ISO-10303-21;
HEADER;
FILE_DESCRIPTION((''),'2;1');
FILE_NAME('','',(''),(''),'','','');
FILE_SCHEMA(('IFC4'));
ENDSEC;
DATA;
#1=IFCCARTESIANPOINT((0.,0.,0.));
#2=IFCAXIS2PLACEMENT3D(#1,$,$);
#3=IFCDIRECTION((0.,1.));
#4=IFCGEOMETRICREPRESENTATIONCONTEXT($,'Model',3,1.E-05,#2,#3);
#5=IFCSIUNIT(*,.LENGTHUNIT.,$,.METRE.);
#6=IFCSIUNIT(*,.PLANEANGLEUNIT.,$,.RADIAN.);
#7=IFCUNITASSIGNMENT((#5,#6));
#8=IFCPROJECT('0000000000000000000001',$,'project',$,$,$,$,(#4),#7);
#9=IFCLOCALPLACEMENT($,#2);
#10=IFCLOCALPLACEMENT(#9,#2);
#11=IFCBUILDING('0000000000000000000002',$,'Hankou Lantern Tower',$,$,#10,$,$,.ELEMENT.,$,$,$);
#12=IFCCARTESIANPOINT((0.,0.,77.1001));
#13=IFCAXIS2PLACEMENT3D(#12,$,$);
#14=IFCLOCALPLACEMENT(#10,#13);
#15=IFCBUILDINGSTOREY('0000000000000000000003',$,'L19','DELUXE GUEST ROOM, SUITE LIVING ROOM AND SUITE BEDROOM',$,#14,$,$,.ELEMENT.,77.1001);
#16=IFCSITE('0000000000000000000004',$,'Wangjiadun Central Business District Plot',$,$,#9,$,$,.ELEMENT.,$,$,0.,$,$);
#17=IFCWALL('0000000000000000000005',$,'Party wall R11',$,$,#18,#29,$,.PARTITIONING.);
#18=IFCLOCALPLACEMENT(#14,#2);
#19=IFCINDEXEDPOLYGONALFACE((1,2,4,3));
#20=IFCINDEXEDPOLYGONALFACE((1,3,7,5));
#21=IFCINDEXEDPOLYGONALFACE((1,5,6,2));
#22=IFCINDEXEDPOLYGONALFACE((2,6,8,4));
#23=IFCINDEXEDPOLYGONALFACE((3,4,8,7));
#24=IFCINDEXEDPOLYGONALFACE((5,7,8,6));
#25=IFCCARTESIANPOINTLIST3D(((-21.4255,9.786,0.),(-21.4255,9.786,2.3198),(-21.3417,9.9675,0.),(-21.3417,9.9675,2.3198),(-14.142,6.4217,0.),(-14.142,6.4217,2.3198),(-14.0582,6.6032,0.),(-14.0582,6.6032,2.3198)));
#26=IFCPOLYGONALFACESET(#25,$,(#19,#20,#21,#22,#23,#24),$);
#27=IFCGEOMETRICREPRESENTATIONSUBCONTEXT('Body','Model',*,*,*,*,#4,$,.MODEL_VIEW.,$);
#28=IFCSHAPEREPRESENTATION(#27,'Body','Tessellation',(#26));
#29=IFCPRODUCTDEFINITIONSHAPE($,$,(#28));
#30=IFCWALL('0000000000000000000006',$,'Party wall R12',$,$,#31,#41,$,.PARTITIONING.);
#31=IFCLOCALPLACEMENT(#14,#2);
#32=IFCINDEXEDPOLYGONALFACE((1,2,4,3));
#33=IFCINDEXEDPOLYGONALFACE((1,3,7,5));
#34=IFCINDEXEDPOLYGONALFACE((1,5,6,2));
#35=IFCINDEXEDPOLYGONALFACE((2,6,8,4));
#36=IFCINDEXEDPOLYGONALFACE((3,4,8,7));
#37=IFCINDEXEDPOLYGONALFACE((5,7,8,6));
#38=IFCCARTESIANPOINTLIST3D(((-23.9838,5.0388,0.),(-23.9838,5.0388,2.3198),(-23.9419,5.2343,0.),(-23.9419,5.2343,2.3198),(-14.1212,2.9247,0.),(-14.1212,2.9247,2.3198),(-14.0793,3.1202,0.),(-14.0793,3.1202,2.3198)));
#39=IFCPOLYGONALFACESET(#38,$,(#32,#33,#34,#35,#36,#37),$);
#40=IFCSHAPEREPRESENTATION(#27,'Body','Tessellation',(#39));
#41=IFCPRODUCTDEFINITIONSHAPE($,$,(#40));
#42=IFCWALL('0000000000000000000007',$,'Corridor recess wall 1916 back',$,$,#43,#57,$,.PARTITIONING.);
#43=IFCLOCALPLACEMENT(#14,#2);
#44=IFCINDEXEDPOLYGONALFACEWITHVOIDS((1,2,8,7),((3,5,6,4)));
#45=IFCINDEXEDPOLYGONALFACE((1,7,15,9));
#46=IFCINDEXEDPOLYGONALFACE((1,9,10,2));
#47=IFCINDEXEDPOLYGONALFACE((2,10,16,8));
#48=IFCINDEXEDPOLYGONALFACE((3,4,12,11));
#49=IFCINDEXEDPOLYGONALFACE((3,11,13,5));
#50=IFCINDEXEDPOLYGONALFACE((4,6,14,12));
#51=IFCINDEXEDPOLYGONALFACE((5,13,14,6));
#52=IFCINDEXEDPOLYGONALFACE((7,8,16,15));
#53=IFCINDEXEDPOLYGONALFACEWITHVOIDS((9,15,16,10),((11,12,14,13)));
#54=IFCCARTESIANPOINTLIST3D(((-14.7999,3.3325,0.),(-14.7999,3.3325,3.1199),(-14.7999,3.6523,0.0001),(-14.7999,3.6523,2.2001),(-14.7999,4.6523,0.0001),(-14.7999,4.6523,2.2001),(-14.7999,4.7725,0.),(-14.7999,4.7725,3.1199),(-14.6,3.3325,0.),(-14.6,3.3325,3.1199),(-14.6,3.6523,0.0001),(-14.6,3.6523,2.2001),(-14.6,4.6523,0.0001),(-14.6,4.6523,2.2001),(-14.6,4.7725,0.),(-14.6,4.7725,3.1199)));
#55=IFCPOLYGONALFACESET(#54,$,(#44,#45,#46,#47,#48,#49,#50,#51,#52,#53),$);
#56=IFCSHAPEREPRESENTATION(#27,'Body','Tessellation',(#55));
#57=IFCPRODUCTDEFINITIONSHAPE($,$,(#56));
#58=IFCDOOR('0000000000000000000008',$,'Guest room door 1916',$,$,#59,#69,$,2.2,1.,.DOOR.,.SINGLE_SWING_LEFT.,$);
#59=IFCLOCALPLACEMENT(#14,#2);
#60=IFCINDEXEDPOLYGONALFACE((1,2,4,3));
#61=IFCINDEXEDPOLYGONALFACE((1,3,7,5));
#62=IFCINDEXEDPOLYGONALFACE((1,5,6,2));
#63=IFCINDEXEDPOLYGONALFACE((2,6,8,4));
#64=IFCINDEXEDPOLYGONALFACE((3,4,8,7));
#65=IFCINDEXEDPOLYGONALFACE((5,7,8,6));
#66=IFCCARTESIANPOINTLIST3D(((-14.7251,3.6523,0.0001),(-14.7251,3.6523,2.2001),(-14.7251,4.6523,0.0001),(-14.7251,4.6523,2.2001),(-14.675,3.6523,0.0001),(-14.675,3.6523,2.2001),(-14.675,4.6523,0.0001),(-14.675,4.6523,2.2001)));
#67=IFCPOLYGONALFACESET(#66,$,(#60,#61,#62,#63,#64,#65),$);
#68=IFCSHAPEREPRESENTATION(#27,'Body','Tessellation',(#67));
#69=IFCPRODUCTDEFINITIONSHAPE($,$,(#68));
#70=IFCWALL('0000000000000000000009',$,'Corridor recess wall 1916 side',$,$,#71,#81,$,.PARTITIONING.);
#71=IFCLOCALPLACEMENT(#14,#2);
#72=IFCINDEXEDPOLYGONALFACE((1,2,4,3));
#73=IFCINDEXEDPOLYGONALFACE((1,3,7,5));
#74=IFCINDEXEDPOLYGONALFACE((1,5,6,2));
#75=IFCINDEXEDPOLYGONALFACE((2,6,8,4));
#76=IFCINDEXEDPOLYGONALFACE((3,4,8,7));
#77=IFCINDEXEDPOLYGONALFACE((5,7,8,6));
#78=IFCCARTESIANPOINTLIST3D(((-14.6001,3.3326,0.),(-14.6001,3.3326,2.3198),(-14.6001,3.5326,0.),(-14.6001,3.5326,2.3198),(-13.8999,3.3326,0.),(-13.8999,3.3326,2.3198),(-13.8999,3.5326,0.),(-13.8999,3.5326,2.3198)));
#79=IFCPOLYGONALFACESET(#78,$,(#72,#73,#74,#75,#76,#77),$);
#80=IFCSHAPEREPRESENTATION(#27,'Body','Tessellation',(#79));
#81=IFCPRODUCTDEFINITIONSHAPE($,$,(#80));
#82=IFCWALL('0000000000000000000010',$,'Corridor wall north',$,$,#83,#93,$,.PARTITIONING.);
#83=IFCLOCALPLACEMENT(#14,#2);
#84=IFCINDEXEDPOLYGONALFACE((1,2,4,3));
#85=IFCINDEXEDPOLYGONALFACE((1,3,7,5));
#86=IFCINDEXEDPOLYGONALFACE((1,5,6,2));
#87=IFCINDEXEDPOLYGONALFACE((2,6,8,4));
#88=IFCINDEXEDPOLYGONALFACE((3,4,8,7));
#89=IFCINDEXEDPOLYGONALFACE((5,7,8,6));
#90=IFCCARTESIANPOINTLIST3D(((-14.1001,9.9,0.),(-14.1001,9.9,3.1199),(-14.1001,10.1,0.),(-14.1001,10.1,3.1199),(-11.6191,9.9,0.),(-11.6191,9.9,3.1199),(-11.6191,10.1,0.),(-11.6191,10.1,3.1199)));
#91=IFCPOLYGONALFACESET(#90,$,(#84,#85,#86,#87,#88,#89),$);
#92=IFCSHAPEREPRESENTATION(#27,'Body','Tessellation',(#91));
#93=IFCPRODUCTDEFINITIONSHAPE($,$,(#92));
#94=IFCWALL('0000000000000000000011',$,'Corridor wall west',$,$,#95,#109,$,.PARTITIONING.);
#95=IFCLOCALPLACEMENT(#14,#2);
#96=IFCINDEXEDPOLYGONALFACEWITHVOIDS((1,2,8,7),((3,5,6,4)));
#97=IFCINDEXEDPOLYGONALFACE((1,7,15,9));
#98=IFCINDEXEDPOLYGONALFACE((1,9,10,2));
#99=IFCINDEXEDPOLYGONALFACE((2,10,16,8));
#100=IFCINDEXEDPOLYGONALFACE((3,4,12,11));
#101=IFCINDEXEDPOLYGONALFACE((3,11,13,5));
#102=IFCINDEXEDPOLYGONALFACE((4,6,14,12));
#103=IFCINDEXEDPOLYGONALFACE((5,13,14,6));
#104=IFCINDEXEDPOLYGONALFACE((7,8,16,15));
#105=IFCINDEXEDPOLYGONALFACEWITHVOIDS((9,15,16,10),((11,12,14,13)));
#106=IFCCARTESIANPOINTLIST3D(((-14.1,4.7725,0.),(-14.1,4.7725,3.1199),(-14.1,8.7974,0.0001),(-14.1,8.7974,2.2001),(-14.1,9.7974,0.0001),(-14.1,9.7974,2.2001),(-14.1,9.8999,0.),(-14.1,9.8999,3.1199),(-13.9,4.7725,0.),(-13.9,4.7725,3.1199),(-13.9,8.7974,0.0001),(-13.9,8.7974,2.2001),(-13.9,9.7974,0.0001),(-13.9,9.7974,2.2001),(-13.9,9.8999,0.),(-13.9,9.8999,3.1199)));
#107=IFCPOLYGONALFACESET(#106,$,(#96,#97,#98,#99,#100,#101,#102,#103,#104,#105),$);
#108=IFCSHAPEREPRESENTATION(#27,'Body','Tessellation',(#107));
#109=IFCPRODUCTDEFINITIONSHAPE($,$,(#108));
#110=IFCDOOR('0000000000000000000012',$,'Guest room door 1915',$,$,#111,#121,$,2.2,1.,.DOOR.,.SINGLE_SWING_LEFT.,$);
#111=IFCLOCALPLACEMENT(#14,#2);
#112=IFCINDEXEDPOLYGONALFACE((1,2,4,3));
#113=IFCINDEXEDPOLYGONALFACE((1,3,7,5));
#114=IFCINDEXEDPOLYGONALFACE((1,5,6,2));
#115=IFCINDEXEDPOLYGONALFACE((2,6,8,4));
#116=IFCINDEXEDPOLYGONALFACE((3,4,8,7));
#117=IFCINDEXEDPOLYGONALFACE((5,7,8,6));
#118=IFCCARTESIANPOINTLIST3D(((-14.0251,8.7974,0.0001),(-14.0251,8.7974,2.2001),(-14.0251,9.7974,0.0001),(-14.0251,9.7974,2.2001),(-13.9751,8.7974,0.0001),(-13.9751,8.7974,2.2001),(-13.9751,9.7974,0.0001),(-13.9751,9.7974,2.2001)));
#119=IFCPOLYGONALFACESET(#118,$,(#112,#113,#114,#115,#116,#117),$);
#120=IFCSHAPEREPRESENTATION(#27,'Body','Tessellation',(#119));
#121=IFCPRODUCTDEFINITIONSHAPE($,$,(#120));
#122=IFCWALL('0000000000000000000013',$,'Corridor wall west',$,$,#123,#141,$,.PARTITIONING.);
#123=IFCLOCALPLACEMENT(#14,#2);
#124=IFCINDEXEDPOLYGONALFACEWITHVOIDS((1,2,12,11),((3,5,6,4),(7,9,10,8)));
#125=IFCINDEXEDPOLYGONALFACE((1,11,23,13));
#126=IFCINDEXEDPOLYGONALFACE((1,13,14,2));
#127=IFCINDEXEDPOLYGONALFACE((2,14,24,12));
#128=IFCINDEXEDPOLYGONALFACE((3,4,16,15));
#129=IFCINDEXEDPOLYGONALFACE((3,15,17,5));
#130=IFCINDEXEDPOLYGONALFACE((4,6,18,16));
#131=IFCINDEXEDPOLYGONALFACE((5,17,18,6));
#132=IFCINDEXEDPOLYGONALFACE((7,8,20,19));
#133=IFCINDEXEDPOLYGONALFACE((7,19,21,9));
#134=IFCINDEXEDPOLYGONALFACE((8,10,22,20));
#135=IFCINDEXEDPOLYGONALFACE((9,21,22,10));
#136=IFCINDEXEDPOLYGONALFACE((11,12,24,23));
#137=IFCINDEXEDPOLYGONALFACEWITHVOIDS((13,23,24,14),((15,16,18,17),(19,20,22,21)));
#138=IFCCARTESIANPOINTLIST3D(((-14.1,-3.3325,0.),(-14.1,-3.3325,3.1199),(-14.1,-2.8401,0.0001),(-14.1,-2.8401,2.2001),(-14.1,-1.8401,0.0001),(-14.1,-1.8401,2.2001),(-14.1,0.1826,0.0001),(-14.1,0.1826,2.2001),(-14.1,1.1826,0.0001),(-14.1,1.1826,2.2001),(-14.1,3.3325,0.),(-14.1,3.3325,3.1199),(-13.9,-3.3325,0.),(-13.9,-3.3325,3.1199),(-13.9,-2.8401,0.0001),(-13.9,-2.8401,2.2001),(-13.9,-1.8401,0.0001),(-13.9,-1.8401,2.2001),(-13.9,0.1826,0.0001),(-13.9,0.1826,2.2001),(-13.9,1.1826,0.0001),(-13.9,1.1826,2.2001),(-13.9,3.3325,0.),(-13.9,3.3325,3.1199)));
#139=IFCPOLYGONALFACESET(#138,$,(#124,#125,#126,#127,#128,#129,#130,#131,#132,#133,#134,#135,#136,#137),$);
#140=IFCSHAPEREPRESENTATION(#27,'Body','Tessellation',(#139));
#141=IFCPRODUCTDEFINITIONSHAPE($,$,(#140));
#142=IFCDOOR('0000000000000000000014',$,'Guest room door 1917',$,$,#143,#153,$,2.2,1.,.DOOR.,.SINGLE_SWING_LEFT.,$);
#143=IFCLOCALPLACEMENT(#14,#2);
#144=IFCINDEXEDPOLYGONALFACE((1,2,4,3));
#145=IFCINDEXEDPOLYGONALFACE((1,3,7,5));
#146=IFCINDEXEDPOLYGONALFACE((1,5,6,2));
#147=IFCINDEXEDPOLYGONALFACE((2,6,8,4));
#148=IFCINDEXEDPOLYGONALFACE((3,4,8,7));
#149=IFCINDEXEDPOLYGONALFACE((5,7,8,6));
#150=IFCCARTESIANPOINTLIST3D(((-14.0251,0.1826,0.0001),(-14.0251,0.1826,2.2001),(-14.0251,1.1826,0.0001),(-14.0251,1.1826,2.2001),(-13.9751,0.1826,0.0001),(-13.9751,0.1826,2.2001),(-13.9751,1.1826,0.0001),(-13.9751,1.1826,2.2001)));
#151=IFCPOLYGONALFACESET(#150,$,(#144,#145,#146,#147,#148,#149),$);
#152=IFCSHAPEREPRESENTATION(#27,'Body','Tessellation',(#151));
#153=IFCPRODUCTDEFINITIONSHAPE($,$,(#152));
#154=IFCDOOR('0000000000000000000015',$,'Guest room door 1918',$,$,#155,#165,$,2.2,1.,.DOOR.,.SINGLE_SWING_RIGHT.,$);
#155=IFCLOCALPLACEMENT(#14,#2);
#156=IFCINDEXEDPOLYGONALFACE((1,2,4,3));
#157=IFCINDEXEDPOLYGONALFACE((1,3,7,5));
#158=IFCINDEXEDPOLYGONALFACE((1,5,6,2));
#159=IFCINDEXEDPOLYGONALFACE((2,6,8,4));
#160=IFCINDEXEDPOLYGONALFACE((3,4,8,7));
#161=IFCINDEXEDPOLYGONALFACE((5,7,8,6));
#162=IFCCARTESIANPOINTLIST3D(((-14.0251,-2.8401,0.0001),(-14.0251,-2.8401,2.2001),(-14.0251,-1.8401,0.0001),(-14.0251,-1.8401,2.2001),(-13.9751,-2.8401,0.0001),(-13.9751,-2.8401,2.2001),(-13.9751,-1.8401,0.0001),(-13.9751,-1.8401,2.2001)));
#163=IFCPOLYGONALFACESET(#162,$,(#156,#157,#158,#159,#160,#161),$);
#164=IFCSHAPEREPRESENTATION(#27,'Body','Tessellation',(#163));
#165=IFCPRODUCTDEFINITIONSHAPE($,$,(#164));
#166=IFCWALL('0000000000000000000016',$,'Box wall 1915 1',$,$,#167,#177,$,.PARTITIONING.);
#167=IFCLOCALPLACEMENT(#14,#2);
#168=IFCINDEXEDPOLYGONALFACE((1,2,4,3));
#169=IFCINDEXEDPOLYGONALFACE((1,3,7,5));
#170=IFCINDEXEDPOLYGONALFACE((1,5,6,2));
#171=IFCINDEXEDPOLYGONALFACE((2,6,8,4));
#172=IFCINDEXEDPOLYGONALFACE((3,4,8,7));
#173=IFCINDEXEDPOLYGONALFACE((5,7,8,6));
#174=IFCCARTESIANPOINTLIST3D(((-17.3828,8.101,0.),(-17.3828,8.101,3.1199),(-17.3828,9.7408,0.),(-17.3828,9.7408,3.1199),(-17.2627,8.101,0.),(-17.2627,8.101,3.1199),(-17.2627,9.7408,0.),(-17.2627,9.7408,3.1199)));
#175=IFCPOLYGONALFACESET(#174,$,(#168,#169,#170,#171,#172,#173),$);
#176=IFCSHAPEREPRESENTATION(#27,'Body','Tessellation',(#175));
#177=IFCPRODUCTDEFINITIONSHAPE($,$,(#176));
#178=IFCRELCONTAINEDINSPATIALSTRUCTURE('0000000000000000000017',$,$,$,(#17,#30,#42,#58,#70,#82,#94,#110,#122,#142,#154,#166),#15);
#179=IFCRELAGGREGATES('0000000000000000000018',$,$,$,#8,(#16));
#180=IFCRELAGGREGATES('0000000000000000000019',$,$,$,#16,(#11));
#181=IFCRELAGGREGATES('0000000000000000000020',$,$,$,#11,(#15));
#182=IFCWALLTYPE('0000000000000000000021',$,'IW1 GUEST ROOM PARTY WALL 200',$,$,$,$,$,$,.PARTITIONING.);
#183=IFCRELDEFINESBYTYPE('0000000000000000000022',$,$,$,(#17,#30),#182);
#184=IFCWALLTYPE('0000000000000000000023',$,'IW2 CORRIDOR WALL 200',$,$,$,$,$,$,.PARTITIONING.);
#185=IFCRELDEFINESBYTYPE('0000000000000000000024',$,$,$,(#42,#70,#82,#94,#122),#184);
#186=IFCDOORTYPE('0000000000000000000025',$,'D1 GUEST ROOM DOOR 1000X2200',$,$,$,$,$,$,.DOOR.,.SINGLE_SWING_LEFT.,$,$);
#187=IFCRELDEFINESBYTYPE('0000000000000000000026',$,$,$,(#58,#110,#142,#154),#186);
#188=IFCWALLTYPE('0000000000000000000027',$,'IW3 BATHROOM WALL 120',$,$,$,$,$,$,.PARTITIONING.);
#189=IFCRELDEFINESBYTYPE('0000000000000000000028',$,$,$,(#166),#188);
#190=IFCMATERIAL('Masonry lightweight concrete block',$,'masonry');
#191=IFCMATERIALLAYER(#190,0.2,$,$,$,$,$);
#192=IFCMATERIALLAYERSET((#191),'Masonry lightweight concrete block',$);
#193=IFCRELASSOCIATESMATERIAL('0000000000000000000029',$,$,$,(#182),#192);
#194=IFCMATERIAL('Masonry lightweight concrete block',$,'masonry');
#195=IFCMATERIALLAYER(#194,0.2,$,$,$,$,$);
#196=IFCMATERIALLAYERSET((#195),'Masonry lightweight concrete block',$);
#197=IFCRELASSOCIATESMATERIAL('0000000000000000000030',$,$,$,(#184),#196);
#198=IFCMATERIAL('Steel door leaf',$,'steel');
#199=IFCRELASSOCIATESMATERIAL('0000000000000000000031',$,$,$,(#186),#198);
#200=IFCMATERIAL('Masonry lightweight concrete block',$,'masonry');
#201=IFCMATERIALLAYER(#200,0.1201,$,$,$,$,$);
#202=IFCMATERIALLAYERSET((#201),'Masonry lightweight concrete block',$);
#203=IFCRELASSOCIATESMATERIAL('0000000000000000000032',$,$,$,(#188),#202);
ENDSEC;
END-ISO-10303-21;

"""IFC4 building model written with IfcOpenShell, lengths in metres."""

from ifc_helpers import new_model, si_unit, direction, frame, frame_2d, origin, place, context, subcontext, project, spatial, rectangle, extrude, material, layer, layer_set, type_object, element, fill, save


model = new_model("IFC4")

# Units and contexts
model_context = context("Model", 3, precision=1e-05, world=origin(), true_north=direction((0.0, 1.0)))
body_context = subcontext(model_context, "Body", "Model", "MODEL_VIEW")
ifc_project = project(units=[si_unit("LENGTHUNIT", "METRE"), si_unit("PLANEANGLEUNIT", "RADIAN")], contexts=[model_context])

# Site, building, storey
site_placement = place(None, origin())
site = spatial("IfcSite", under=ifc_project, at=site_placement, Name="Wangjiadun Central Business District Plot", CompositionType="ELEMENT", RefElevation=0.0)
building_placement = place(site_placement, origin())
building = spatial("IfcBuilding", under=site, at=building_placement, Name="Hankou Lantern Tower", CompositionType="ELEMENT")
storey_placement = place(building_placement, frame((0.0, 0.0, 77.1001)))
storey = spatial("IfcBuildingStorey", under=building, at=storey_placement, Name="L19", Description="DELUXE GUEST ROOM, SUITE LIVING ROOM AND SUITE BEDROOM", CompositionType="ELEMENT", Elevation=77.1001)

# Walls
ifc_material_1 = material(Name="Masonry lightweight concrete block", Category="masonry")
ifc_layer_1 = layer(ifc_material_1, 0.2)
ifc_layer_set_1 = layer_set([ifc_layer_1], Name="Masonry lightweight concrete block")
wall_type_1 = type_object("IfcWallType", Name="IW1 GUEST ROOM PARTY WALL 200", PredefinedType="PARTITIONING", material=ifc_layer_set_1)
wall_1_placement = place(storey_placement, frame((-14.1001, 6.5125, 0.0), z_axis=(0.0, 0.0, 1.0), x_axis=(-0.907833, 0.419332, 0.0)))
element("IfcWall", 1, at=wall_1_placement, inside=storey, type_object=wall_type_1, Name="Party wall R11", PredefinedType="PARTITIONING", context=body_context, shape_type="SweptSolid", body=[
    extrude(rectangle(XDim=8.0229, YDim=0.2, at=frame_2d((4.0115, 0.0))), origin(), (0.0, 0.0, 1.0), 2.3198),
])
wall_2_placement = place(storey_placement, frame((-14.1001, 3.0225, 0.0), z_axis=(0.0, 0.0, 1.0), x_axis=(-0.97779, 0.209587, 0.0)))
element("IfcWall", 2, at=wall_2_placement, inside=storey, type_object=wall_type_1, Name="Party wall R12", PredefinedType="PARTITIONING", context=body_context, shape_type="SweptSolid", body=[
    extrude(rectangle(XDim=10.0867, YDim=0.2, at=frame_2d((5.0435, 0.0))), origin(), (0.0, 0.0, 1.0), 2.3198),
])

# Wall, opening, door
ifc_material_2 = material(Name="Masonry lightweight concrete block", Category="masonry")
ifc_layer_2 = layer(ifc_material_2, 0.2)
ifc_layer_set_2 = layer_set([ifc_layer_2], Name="Masonry lightweight concrete block")
wall_type_2 = type_object("IfcWallType", Name="IW2 CORRIDOR WALL 200", PredefinedType="PARTITIONING", material=ifc_layer_set_2)
wall_3_placement = place(storey_placement, frame((-14.7, 4.7725, 0.0), z_axis=(0.0, 0.0, 1.0), x_axis=(0.0, -1.0, 0.0)))
wall_3 = element("IfcWall", 3, at=wall_3_placement, inside=storey, type_object=wall_type_2, Name="Corridor recess wall 1916 back", PredefinedType="PARTITIONING", context=body_context, shape_type="SweptSolid", body=[
    extrude(rectangle(XDim=1.4399, YDim=0.2, at=frame_2d((0.72, 0.0))), origin(), (0.0, 0.0, 1.0), 3.1199),
])
opening_1_placement = place(wall_3_placement, frame((0.1201, 0.0, 0.0)))
opening_1 = element("IfcOpeningElement", 4, at=opening_1_placement, cuts=wall_3, PredefinedType="OPENING", context=body_context, shape_type="SweptSolid", body=[
    extrude(rectangle(XDim=1.0, YDim=2.2, at=frame_2d((0.5, 1.1001))), frame((0.0, 0.1099, 0.0), z_axis=(0.0, -1.0, 0.0), x_axis=(1.0, 0.0, 0.0)), (0.0, 0.0, 1.0), 0.22),
])
ifc_material_3 = material(Name="Steel door leaf", Category="steel")
door_type_1 = type_object("IfcDoorType", Name="D1 GUEST ROOM DOOR 1000X2200", OperationType="SINGLE_SWING_LEFT", PredefinedType="DOOR", material=ifc_material_3)
door_1_placement = place(opening_1_placement, origin())
door_1 = element("IfcDoor", 5, at=door_1_placement, inside=storey, type_object=door_type_1, Name="Guest room door 1916", OperationType="SINGLE_SWING_LEFT", OverallHeight=2.2, OverallWidth=1.0, PredefinedType="DOOR", context=body_context, shape_type="SweptSolid", body=[
    extrude(rectangle(XDim=1.0, YDim=2.2, at=frame_2d((0.5, 1.1001))), frame((0.0, 0.0249, 0.0), z_axis=(0.0, -1.0, 0.0), x_axis=(1.0, 0.0, 0.0)), (0.0, 0.0, 1.0), 0.05),
])
fill(opening_1, door_1)

# Walls
wall_4_placement = place(storey_placement, frame((-13.8999, 3.4326, 0.0), z_axis=(0.0, 0.0, 1.0), x_axis=(-1.0, 0.0, 0.0)))
element("IfcWall", 6, at=wall_4_placement, inside=storey, type_object=wall_type_2, Name="Corridor recess wall 1916 side", PredefinedType="PARTITIONING", context=body_context, shape_type="SweptSolid", body=[
    extrude(rectangle(XDim=0.7002, YDim=0.2, at=frame_2d((0.3501, 0.0))), origin(), (0.0, 0.0, 1.0), 2.3198),
])
wall_5_placement = place(storey_placement, frame((-14.1001, 10.0, 0.0), z_axis=(0.0, 0.0, 1.0), x_axis=(1.0, 0.0, 0.0)))
element("IfcWall", 7, at=wall_5_placement, inside=storey, type_object=wall_type_2, Name="Corridor wall north", PredefinedType="PARTITIONING", context=body_context, shape_type="SweptSolid", body=[
    extrude(rectangle(XDim=2.481, YDim=0.2, at=frame_2d((1.2405, 0.0))), origin(), (0.0, 0.0, 1.0), 3.1199),
])

# Wall, opening, door
wall_6_placement = place(storey_placement, frame((-14.0, 9.8999, 0.0), z_axis=(0.0, 0.0, 1.0), x_axis=(0.0, -1.0, 0.0)))
wall_6 = element("IfcWall", 8, at=wall_6_placement, inside=storey, type_object=wall_type_2, Name="Corridor wall west", PredefinedType="PARTITIONING", context=body_context, shape_type="SweptSolid", body=[
    extrude(rectangle(XDim=5.1274, YDim=0.2, at=frame_2d((2.5637, 0.0))), origin(), (0.0, 0.0, 1.0), 3.1199),
])
opening_2_placement = place(wall_6_placement, frame((0.1025, 0.0, 0.0)))
opening_2 = element("IfcOpeningElement", 9, at=opening_2_placement, cuts=wall_6, PredefinedType="OPENING", context=body_context, shape_type="SweptSolid", body=[
    extrude(rectangle(XDim=1.0, YDim=2.2, at=frame_2d((0.5, 1.1001))), frame((0.0, 0.1099, 0.0), z_axis=(0.0, -1.0, 0.0), x_axis=(1.0, 0.0, 0.0)), (0.0, 0.0, 1.0), 0.22),
])
door_2_placement = place(opening_2_placement, origin())
door_2 = element("IfcDoor", 10, at=door_2_placement, inside=storey, type_object=door_type_1, Name="Guest room door 1915", OperationType="SINGLE_SWING_LEFT", OverallHeight=2.2, OverallWidth=1.0, PredefinedType="DOOR", context=body_context, shape_type="SweptSolid", body=[
    extrude(rectangle(XDim=1.0, YDim=2.2, at=frame_2d((0.5, 1.1001))), frame((0.0, 0.0249, 0.0), z_axis=(0.0, -1.0, 0.0), x_axis=(1.0, 0.0, 0.0)), (0.0, 0.0, 1.0), 0.05),
])
fill(opening_2, door_2)

# Wall, openings, doors
wall_7_placement = place(storey_placement, frame((-14.0, 3.3325, 0.0), z_axis=(0.0, 0.0, 1.0), x_axis=(0.0, -1.0, 0.0)))
wall_7 = element("IfcWall", 11, at=wall_7_placement, inside=storey, type_object=wall_type_2, Name="Corridor wall west", PredefinedType="PARTITIONING", context=body_context, shape_type="SweptSolid", body=[
    extrude(rectangle(XDim=6.665, YDim=0.2, at=frame_2d((3.3325, 0.0))), origin(), (0.0, 0.0, 1.0), 3.1199),
])
opening_3_placement = place(wall_7_placement, frame((2.1499, 0.0, 0.0)))
opening_3 = element("IfcOpeningElement", 12, at=opening_3_placement, cuts=wall_7, PredefinedType="OPENING", context=body_context, shape_type="SweptSolid", body=[
    extrude(rectangle(XDim=1.0, YDim=2.2, at=frame_2d((0.5, 1.1001))), frame((0.0, 0.1099, 0.0), z_axis=(0.0, -1.0, 0.0), x_axis=(1.0, 0.0, 0.0)), (0.0, 0.0, 1.0), 0.22),
])
opening_4_placement = place(wall_7_placement, frame((5.1726, 0.0, 0.0)))
opening_4 = element("IfcOpeningElement", 13, at=opening_4_placement, cuts=wall_7, PredefinedType="OPENING", context=body_context, shape_type="SweptSolid", body=[
    extrude(rectangle(XDim=1.0, YDim=2.2, at=frame_2d((0.5, 1.1001))), frame((0.0, 0.1099, 0.0), z_axis=(0.0, -1.0, 0.0), x_axis=(1.0, 0.0, 0.0)), (0.0, 0.0, 1.0), 0.22),
])
door_3_placement = place(opening_3_placement, origin())
door_3 = element("IfcDoor", 14, at=door_3_placement, inside=storey, type_object=door_type_1, Name="Guest room door 1917", OperationType="SINGLE_SWING_LEFT", OverallHeight=2.2, OverallWidth=1.0, PredefinedType="DOOR", context=body_context, shape_type="SweptSolid", body=[
    extrude(rectangle(XDim=1.0, YDim=2.2, at=frame_2d((0.5, 1.1001))), frame((0.0, 0.0249, 0.0), z_axis=(0.0, -1.0, 0.0), x_axis=(1.0, 0.0, 0.0)), (0.0, 0.0, 1.0), 0.05),
])
fill(opening_3, door_3)
door_4_placement = place(opening_4_placement, origin())
door_4 = element("IfcDoor", 15, at=door_4_placement, inside=storey, type_object=door_type_1, Name="Guest room door 1918", OperationType="SINGLE_SWING_RIGHT", OverallHeight=2.2, OverallWidth=1.0, PredefinedType="DOOR", context=body_context, shape_type="SweptSolid", body=[
    extrude(rectangle(XDim=1.0, YDim=2.2, at=frame_2d((0.5, 1.1001))), frame((0.0, 0.0249, 0.0), z_axis=(0.0, -1.0, 0.0), x_axis=(1.0, 0.0, 0.0)), (0.0, 0.0, 1.0), 0.05),
])
fill(opening_4, door_4)

# Wall
ifc_material_4 = material(Name="Masonry lightweight concrete block", Category="masonry")
ifc_layer_3 = layer(ifc_material_4, 0.1201)
ifc_layer_set_3 = layer_set([ifc_layer_3], Name="Masonry lightweight concrete block")
wall_type_3 = type_object("IfcWallType", Name="IW3 BATHROOM WALL 120", PredefinedType="PARTITIONING", material=ifc_layer_set_3)
wall_8_placement = place(storey_placement, frame((-17.3228, 8.1011, 0.0), z_axis=(0.0, 0.0, 1.0), x_axis=(0.0, 1.0, 0.0)))
element("IfcWall", 16, at=wall_8_placement, inside=storey, type_object=wall_type_3, Name="Box wall 1915 1", PredefinedType="PARTITIONING", context=body_context, shape_type="SweptSolid", body=[
    extrude(rectangle(XDim=1.6399, YDim=0.1201, at=frame_2d((0.8198, 0.0))), origin(), (0.0, 0.0, 1.0), 3.1199),
])

save(model, "model.ifc")
